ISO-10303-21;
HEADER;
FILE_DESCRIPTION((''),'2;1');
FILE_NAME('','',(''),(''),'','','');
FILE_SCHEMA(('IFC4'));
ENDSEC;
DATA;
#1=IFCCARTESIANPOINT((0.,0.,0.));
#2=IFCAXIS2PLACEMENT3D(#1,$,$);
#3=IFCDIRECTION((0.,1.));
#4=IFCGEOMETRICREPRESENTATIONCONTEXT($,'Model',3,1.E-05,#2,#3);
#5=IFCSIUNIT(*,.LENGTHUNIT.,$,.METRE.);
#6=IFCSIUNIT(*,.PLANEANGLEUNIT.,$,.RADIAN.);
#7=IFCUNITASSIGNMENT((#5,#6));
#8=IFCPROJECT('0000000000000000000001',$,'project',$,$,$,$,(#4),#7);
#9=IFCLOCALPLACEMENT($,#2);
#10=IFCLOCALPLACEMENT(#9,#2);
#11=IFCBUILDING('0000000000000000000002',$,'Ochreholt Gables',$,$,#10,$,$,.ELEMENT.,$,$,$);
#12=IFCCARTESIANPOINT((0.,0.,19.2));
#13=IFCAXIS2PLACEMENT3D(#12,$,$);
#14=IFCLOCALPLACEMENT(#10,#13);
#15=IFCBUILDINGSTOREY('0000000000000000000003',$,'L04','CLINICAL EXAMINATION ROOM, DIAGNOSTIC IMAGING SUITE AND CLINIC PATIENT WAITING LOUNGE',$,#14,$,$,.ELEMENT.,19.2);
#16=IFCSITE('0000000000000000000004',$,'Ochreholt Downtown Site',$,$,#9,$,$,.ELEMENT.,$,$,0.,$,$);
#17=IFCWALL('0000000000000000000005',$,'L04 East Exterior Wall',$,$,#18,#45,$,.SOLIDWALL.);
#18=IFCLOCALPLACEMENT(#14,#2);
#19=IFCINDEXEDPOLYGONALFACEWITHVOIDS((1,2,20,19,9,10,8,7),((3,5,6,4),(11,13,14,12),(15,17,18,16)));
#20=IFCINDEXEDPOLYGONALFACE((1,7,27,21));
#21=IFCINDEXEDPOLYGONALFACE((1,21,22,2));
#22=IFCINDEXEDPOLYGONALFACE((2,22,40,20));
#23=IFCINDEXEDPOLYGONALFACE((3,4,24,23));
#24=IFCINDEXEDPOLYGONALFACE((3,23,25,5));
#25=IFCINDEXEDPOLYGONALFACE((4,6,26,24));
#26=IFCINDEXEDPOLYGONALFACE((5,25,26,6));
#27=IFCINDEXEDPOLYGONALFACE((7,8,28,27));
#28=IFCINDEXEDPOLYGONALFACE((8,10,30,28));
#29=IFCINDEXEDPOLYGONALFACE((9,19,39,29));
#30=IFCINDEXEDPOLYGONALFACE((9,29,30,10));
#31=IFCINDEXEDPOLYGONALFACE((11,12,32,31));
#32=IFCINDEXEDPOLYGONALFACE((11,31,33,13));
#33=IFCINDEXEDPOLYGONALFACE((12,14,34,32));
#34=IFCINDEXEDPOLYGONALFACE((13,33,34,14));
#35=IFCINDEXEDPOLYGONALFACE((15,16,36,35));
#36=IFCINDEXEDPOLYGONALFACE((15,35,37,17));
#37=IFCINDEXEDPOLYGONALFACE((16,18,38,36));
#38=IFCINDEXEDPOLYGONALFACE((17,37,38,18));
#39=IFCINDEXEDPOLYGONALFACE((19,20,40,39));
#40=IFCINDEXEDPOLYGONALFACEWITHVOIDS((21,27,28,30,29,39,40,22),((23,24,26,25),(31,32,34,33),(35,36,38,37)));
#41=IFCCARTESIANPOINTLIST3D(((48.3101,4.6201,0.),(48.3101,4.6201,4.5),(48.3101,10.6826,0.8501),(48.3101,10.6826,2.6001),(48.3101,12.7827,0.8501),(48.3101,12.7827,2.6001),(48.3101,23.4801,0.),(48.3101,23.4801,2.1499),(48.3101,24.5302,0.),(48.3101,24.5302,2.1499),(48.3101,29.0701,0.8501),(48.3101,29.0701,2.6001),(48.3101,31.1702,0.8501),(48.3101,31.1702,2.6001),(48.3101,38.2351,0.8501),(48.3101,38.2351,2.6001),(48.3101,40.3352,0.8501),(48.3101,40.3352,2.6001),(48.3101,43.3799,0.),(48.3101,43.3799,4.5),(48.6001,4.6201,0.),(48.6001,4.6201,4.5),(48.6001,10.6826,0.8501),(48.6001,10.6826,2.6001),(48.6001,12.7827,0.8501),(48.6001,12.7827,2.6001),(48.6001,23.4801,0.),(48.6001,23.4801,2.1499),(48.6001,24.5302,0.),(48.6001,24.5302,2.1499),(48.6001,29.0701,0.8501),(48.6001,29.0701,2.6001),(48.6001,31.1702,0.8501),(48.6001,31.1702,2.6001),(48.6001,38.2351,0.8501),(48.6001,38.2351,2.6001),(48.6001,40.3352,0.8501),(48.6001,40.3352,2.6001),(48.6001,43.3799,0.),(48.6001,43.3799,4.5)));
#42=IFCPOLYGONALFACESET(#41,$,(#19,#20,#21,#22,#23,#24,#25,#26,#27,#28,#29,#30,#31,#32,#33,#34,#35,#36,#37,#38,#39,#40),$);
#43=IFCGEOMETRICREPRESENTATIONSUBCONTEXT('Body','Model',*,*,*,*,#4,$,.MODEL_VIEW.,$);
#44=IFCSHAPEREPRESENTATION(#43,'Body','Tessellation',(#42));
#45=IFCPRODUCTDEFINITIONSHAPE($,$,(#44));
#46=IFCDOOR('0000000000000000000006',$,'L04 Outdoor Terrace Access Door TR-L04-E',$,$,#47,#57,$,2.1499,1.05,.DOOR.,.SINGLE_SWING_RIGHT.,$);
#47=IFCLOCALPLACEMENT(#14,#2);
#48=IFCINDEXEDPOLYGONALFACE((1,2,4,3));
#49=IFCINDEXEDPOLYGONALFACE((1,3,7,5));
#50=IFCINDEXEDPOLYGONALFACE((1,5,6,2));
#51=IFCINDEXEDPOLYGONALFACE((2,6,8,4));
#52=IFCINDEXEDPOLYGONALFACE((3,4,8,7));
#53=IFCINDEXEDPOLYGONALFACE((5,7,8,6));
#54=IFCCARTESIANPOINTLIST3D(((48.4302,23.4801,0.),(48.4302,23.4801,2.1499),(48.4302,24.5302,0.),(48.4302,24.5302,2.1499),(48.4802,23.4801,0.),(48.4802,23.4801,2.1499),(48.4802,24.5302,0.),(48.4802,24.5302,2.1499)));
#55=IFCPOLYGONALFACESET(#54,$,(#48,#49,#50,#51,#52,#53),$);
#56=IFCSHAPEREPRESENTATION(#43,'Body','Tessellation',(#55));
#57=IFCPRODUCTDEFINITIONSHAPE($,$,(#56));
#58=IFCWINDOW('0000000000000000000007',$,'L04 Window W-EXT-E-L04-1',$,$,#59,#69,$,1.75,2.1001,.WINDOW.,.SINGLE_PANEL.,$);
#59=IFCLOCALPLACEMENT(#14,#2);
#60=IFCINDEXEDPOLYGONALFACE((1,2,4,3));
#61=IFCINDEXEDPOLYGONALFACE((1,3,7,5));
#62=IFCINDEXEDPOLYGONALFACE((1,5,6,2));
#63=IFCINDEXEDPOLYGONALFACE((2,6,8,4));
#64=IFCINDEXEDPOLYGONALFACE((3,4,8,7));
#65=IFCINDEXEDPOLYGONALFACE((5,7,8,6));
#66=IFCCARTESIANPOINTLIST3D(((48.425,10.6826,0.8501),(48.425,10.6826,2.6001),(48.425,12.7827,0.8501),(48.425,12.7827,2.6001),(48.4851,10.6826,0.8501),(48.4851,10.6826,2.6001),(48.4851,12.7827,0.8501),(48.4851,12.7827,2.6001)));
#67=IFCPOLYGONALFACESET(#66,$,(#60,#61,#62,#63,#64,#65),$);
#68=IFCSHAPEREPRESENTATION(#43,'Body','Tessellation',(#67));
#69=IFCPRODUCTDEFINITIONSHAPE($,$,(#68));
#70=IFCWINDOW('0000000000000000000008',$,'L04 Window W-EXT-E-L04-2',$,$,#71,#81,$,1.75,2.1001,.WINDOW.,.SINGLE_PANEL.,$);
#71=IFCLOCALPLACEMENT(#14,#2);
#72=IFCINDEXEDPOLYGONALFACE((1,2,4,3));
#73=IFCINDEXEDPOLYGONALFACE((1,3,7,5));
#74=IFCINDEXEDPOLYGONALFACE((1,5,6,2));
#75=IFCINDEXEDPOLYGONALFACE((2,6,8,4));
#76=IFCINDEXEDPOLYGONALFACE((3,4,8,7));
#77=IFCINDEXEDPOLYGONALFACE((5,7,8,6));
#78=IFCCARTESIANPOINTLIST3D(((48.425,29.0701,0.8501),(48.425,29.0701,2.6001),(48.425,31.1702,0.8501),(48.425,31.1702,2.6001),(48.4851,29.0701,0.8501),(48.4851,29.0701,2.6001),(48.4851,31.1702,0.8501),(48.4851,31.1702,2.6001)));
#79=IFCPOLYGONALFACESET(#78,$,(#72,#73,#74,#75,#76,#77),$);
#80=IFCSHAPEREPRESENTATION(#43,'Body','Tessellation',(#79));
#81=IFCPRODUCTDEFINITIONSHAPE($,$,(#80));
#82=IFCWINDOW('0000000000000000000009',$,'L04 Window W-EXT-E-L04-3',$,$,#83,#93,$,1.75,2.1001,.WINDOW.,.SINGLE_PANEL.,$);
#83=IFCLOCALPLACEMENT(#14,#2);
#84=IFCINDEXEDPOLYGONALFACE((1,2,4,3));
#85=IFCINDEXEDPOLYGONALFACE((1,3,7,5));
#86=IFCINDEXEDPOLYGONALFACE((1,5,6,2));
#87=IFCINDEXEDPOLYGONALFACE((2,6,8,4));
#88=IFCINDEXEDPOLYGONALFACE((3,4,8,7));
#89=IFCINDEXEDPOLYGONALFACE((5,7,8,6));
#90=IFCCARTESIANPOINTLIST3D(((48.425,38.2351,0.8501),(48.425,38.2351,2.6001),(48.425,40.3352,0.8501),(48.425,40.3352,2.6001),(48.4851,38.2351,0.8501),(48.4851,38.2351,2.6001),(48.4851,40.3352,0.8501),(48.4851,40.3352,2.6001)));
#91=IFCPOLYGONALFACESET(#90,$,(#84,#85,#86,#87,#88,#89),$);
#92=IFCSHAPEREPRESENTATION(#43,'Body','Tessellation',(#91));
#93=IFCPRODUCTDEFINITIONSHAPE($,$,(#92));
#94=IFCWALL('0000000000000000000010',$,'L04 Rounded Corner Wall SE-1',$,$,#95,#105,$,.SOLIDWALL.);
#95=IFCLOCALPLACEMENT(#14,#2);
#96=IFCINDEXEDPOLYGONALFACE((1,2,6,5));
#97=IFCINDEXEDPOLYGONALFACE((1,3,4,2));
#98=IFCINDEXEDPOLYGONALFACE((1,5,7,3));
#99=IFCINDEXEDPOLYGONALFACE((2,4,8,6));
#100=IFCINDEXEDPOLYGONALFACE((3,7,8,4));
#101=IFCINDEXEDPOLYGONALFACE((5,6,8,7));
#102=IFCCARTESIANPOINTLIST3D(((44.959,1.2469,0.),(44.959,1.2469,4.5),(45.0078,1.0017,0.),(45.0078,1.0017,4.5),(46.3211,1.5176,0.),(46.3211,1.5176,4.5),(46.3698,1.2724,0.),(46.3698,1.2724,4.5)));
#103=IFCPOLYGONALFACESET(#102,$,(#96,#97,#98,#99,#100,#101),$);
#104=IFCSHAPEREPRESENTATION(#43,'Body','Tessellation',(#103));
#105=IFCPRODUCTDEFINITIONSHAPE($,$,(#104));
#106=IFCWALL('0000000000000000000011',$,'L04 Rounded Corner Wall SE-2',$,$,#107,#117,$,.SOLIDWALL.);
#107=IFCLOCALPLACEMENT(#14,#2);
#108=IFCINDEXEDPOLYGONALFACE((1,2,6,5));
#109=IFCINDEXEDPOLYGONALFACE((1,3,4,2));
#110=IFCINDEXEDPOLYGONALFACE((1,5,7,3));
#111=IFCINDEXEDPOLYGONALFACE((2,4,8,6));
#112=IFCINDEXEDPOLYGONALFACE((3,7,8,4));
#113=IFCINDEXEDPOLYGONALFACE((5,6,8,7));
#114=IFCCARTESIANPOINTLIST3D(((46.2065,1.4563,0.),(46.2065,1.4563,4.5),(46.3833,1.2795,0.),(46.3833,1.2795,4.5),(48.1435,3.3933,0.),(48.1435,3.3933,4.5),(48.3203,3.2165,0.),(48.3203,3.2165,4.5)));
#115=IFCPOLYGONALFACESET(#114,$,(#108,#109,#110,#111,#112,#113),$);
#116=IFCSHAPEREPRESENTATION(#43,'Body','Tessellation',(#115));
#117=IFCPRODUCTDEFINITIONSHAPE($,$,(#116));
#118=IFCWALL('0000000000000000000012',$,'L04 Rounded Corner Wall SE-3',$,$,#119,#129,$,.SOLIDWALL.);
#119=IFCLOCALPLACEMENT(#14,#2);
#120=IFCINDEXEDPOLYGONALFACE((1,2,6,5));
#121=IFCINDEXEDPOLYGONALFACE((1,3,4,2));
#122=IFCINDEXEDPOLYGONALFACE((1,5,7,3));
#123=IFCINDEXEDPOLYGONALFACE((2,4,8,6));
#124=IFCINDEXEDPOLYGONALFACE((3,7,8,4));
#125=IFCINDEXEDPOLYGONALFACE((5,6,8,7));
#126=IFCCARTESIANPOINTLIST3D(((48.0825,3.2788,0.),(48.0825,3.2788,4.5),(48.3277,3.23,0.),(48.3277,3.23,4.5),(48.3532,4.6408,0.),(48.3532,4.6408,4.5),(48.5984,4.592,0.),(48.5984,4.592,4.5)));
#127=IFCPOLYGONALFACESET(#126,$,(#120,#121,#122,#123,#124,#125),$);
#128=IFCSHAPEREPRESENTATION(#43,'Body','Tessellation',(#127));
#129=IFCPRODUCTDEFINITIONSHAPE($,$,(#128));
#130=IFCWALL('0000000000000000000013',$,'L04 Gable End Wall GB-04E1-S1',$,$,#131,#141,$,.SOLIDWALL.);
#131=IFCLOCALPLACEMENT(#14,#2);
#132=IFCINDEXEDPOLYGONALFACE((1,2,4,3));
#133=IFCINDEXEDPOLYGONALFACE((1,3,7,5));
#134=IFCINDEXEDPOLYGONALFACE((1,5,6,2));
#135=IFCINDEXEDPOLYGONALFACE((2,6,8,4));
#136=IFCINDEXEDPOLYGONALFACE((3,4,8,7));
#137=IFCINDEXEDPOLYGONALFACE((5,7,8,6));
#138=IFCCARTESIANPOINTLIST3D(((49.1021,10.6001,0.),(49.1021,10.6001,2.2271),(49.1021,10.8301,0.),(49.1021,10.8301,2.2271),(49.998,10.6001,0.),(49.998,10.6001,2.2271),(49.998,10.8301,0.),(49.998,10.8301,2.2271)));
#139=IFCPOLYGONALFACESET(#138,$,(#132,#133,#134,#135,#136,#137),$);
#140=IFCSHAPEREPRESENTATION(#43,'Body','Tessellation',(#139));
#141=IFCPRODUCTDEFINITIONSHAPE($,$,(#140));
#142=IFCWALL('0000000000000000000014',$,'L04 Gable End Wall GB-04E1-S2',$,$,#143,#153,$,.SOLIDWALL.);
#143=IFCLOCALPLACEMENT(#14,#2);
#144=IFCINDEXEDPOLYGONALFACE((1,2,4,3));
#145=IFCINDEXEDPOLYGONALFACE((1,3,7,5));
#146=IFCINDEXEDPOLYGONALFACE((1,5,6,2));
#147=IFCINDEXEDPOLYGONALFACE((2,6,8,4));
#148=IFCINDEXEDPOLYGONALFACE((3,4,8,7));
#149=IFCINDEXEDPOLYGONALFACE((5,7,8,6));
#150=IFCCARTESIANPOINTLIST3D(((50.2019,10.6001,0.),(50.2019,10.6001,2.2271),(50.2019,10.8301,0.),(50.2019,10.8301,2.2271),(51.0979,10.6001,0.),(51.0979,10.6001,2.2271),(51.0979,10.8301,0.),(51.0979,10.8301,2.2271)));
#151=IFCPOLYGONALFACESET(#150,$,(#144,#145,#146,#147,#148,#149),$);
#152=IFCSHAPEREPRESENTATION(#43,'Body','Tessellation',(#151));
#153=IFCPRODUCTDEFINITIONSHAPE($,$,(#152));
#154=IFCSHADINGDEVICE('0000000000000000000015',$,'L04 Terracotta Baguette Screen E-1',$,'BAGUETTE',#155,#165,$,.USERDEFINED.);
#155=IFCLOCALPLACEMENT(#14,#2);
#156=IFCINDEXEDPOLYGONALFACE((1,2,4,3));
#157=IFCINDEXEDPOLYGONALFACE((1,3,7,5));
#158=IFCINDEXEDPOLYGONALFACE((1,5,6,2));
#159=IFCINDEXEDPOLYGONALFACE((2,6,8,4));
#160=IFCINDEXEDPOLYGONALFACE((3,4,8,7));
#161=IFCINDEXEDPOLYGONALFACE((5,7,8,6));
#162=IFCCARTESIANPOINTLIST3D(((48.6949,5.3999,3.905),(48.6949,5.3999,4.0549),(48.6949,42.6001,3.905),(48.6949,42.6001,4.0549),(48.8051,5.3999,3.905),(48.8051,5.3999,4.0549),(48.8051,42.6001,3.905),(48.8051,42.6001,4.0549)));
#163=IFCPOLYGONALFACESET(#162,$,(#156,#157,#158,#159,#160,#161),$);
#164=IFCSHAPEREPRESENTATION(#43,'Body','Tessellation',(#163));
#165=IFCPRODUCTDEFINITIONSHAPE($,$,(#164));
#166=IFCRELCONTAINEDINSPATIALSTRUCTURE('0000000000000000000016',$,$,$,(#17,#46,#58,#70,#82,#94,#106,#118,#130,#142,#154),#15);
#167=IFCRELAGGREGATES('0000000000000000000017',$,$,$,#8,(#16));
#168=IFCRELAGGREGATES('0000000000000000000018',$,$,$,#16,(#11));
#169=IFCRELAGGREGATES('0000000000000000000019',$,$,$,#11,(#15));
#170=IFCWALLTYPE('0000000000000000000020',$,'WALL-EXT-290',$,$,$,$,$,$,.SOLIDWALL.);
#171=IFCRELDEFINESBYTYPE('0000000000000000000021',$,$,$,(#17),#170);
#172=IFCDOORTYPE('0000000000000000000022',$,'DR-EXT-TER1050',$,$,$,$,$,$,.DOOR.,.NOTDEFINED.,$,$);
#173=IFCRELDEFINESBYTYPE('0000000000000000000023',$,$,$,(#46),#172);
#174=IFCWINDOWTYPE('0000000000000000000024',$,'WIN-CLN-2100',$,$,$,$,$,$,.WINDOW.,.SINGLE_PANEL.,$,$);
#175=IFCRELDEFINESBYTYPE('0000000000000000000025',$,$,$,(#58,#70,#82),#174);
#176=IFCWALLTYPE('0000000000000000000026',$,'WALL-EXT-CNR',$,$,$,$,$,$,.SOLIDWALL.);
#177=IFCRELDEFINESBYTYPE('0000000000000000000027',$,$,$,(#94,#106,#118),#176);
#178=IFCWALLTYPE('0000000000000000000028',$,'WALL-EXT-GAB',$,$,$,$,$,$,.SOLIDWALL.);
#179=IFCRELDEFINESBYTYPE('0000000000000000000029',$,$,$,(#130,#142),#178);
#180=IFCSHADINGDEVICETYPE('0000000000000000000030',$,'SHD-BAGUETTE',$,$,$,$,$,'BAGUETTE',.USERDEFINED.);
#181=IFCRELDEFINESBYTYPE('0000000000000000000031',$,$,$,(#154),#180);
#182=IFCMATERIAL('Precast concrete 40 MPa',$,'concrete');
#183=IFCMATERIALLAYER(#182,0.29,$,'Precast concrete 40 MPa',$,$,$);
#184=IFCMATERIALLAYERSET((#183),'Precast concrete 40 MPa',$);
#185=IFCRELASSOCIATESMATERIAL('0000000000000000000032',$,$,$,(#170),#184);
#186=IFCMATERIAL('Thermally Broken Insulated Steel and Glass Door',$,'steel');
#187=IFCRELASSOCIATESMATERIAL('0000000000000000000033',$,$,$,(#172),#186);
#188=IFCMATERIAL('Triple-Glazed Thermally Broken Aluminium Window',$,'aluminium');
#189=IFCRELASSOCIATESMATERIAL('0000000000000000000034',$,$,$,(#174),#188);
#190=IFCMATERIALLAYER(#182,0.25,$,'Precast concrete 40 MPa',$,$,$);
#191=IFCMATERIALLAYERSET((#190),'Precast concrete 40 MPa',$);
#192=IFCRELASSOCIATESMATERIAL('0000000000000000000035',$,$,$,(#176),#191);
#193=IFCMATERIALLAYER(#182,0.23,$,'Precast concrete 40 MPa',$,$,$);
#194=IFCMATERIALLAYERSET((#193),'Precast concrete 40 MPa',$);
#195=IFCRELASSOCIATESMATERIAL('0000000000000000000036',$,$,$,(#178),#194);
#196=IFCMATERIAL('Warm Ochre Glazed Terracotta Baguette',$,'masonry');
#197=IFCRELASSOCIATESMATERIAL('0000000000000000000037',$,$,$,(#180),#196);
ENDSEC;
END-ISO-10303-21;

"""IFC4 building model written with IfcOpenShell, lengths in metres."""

from ifc_helpers import new_model, si_unit, direction, frame, frame_2d, origin, origin_2d, place, context, subcontext, project, spatial, rectangle, extrude, material, layer, layer_set, material_profile, profile_set, type_object, element, fill, save


model = new_model("IFC4")

# Units and contexts
model_context = context("Model", 3, precision=1e-05, world=origin(), true_north=direction((0.0, 1.0)))
body_context = subcontext(model_context, "Body", "Model", "MODEL_VIEW")
ifc_project = project(units=[si_unit("LENGTHUNIT", "METRE"), si_unit("PLANEANGLEUNIT", "RADIAN")], contexts=[model_context])

# Site, building, storey
site_placement = place(None, origin())
site = spatial("IfcSite", under=ifc_project, at=site_placement, Name="Ochreholt Downtown Site", CompositionType="ELEMENT", RefElevation=0.0)
building_placement = place(site_placement, origin())
building = spatial("IfcBuilding", under=site, at=building_placement, Name="Ochreholt Gables", CompositionType="ELEMENT")
storey_placement = place(building_placement, frame((0.0, 0.0, 19.2)))
storey = spatial("IfcBuildingStorey", under=building, at=storey_placement, Name="L04", Description="CLINICAL EXAMINATION ROOM, DIAGNOSTIC IMAGING SUITE AND CLINIC PATIENT WAITING LOUNGE", CompositionType="ELEMENT", Elevation=19.2)

# Shared definitions
ifc_material_1 = material(Name="Precast concrete 40 MPa", Category="concrete")

# Wall, openings, door, windows
ifc_layer_1 = layer(ifc_material_1, 0.29, Name="Precast concrete 40 MPa")
ifc_layer_set_1 = layer_set([ifc_layer_1], Name="Precast concrete 40 MPa")
wall_type_1 = type_object("IfcWallType", Name="WALL-EXT-290", PredefinedType="SOLIDWALL", material=ifc_layer_set_1)
wall_1_placement = place(storey_placement, frame((48.4551, 4.6201, 0.0), z_axis=(0.0, 0.0, 1.0), x_axis=(0.0, 1.0, 0.0)))
wall_1 = element("IfcWall", 1, at=wall_1_placement, inside=storey, type_object=wall_type_1, Name="L04 East Exterior Wall", PredefinedType="SOLIDWALL", context=body_context, shape_type="SweptSolid", body=[
    extrude(rectangle(XDim=38.7598, YDim=0.29, at=frame_2d((19.3799, 0.0))), origin(), (0.0, 0.0, 1.0), 4.5),
])
opening_1_placement = place(wall_1_placement, frame((18.8601, 0.0, 0.0)))
opening_1 = element("IfcOpeningElement", 2, at=opening_1_placement, cuts=wall_1, PredefinedType="OPENING", context=body_context, shape_type="SweptSolid", body=[
    extrude(rectangle(XDim=1.05, YDim=2.1499, at=frame_2d((0.5249, 1.075))), frame((0.0, 0.155, 0.0), z_axis=(0.0, -1.0, 0.0), x_axis=(1.0, 0.0, 0.0)), (0.0, 0.0, 1.0), 0.3101),
])
opening_2_placement = place(wall_1_placement, frame((6.0625, 0.0, 0.8501)))
opening_2 = element("IfcOpeningElement", 3, at=opening_2_placement, cuts=wall_1, PredefinedType="OPENING", context=body_context, shape_type="SweptSolid", body=[
    extrude(rectangle(XDim=2.1001, YDim=1.75, at=frame_2d((1.05, 0.875))), frame((0.0, 0.155, 0.0), z_axis=(0.0, -1.0, 0.0), x_axis=(1.0, 0.0, 0.0)), (0.0, 0.0, 1.0), 0.3101),
])
opening_3_placement = place(wall_1_placement, frame((24.45, 0.0, 0.8501)))
opening_3 = element("IfcOpeningElement", 4, at=opening_3_placement, cuts=wall_1, PredefinedType="OPENING", context=body_context, shape_type="SweptSolid", body=[
    extrude(rectangle(XDim=2.1001, YDim=1.75, at=frame_2d((1.05, 0.875))), frame((0.0, 0.155, 0.0), z_axis=(0.0, -1.0, 0.0), x_axis=(1.0, 0.0, 0.0)), (0.0, 0.0, 1.0), 0.3101),
])
opening_4_placement = place(wall_1_placement, frame((33.615, 0.0, 0.8501)))
opening_4 = element("IfcOpeningElement", 5, at=opening_4_placement, cuts=wall_1, PredefinedType="OPENING", context=body_context, shape_type="SweptSolid", body=[
    extrude(rectangle(XDim=2.1001, YDim=1.75, at=frame_2d((1.05, 0.875))), frame((0.0, 0.155, 0.0), z_axis=(0.0, -1.0, 0.0), x_axis=(1.0, 0.0, 0.0)), (0.0, 0.0, 1.0), 0.3101),
])
ifc_material_2 = material(Name="Thermally Broken Insulated Steel and Glass Door", Category="steel")
door_type = type_object("IfcDoorType", Name="DR-EXT-TER1050", OperationType="NOTDEFINED", PredefinedType="DOOR", material=ifc_material_2)
door_placement = place(opening_1_placement, origin())
door = element("IfcDoor", 6, at=door_placement, inside=storey, type_object=door_type, Name="L04 Outdoor Terrace Access Door TR-L04-E", OperationType="SINGLE_SWING_RIGHT", OverallHeight=2.1499, OverallWidth=1.05, PredefinedType="DOOR", context=body_context, shape_type="SweptSolid", body=[
    extrude(rectangle(XDim=1.05, YDim=2.1499, at=frame_2d((0.5249, 1.075))), frame((0.0, 0.0249, 0.0), z_axis=(0.0, -1.0, 0.0), x_axis=(1.0, 0.0, 0.0)), (0.0, 0.0, 1.0), 0.05),
])
fill(opening_1, door)
ifc_material_3 = material(Name="Triple-Glazed Thermally Broken Aluminium Window", Category="aluminium")
window_type = type_object("IfcWindowType", Name="WIN-CLN-2100", PartitioningType="SINGLE_PANEL", PredefinedType="WINDOW", material=ifc_material_3)
window_1_placement = place(opening_2_placement, origin())
window_1 = element("IfcWindow", 7, at=window_1_placement, inside=storey, type_object=window_type, Name="L04 Window W-EXT-E-L04-1", OverallHeight=1.75, OverallWidth=2.1001, PartitioningType="SINGLE_PANEL", PredefinedType="WINDOW", context=body_context, shape_type="SweptSolid", body=[
    extrude(rectangle(XDim=2.1001, YDim=1.75, at=frame_2d((1.05, 0.875))), frame((0.0, 0.03, 0.0), z_axis=(0.0, -1.0, 0.0), x_axis=(1.0, 0.0, 0.0)), (0.0, 0.0, 1.0), 0.0601),
])
fill(opening_2, window_1)
window_2_placement = place(opening_3_placement, origin())
window_2 = element("IfcWindow", 8, at=window_2_placement, inside=storey, type_object=window_type, Name="L04 Window W-EXT-E-L04-2", OverallHeight=1.75, OverallWidth=2.1001, PartitioningType="SINGLE_PANEL", PredefinedType="WINDOW", context=body_context, shape_type="SweptSolid", body=[
    extrude(rectangle(XDim=2.1001, YDim=1.75, at=frame_2d((1.05, 0.875))), frame((0.0, 0.03, 0.0), z_axis=(0.0, -1.0, 0.0), x_axis=(1.0, 0.0, 0.0)), (0.0, 0.0, 1.0), 0.0601),
])
fill(opening_3, window_2)
window_3_placement = place(opening_4_placement, origin())
window_3 = element("IfcWindow", 9, at=window_3_placement, inside=storey, type_object=window_type, Name="L04 Window W-EXT-E-L04-3", OverallHeight=1.75, OverallWidth=2.1001, PartitioningType="SINGLE_PANEL", PredefinedType="WINDOW", context=body_context, shape_type="SweptSolid", body=[
    extrude(rectangle(XDim=2.1001, YDim=1.75, at=frame_2d((1.05, 0.875))), frame((0.0, 0.03, 0.0), z_axis=(0.0, -1.0, 0.0), x_axis=(1.0, 0.0, 0.0)), (0.0, 0.0, 1.0), 0.0601),
])
fill(opening_4, window_3)

# Walls
ifc_layer_2 = layer(ifc_material_1, 0.25, Name="Precast concrete 40 MPa")
ifc_layer_set_2 = layer_set([ifc_layer_2], Name="Precast concrete 40 MPa")
wall_type_2 = type_object("IfcWallType", Name="WALL-EXT-CNR", PredefinedType="SOLIDWALL", material=ifc_layer_set_2)
wall_2_placement = place(storey_placement, frame((44.9834, 1.1243, 0.0), z_axis=(0.0, 0.0, 1.0), x_axis=(0.98081, 0.194967, 0.0)))
element("IfcWall", 10, at=wall_2_placement, inside=storey, type_object=wall_type_2, Name="L04 Rounded Corner Wall SE-1", PredefinedType="SOLIDWALL", context=body_context, shape_type="SweptSolid", body=[
    extrude(rectangle(XDim=1.3887, YDim=0.25, at=frame_2d((0.6943, 0.0))), origin(), (0.0, 0.0, 1.0), 4.5),
])
wall_3_placement = place(storey_placement, frame((46.2949, 1.3679, 0.0), z_axis=(0.0, 0.0, 1.0), x_axis=(0.707107, 0.707107, 0.0)))
element("IfcWall", 11, at=wall_3_placement, inside=storey, type_object=wall_type_2, Name="L04 Rounded Corner Wall SE-2", PredefinedType="SOLIDWALL", context=body_context, shape_type="SweptSolid", body=[
    extrude(rectangle(XDim=2.7393, YDim=0.25, at=frame_2d((1.3696, 0.0))), origin(), (0.0, 0.0, 1.0), 4.5),
])
wall_4_placement = place(storey_placement, frame((48.2051, 3.2544, 0.0), z_axis=(0.0, 0.0, 1.0), x_axis=(0.194967, 0.98081, 0.0)))
element("IfcWall", 12, at=wall_4_placement, inside=storey, type_object=wall_type_2, Name="L04 Rounded Corner Wall SE-3", PredefinedType="SOLIDWALL", context=body_context, shape_type="SweptSolid", body=[
    extrude(rectangle(XDim=1.3887, YDim=0.25, at=frame_2d((0.6943, 0.0))), origin(), (0.0, 0.0, 1.0), 4.5),
])
ifc_layer_3 = layer(ifc_material_1, 0.23, Name="Precast concrete 40 MPa")
ifc_layer_set_3 = layer_set([ifc_layer_3], Name="Precast concrete 40 MPa")
wall_type_3 = type_object("IfcWallType", Name="WALL-EXT-GAB", PredefinedType="SOLIDWALL", material=ifc_layer_set_3)
for number, where, z_axis, x_axis, name in (
    (13, (49.1021, 10.7151, 0.0), (0.0, 0.0, 1.0), (1.0, 0.0, 0.0), "L04 Gable End Wall GB-04E1-S1"),
    (14, (50.2019, 10.7151, 0.0), (0.0, 0.0, 1.0), (1.0, 0.0, 0.0), "L04 Gable End Wall GB-04E1-S2"),
):
    element("IfcWall", number, at=place(storey_placement, frame(where, z_axis=z_axis, x_axis=x_axis)), inside=storey, type_object=wall_type_3, Name=name, PredefinedType="SOLIDWALL", context=body_context, shape_type="SweptSolid", body=[
        extrude(rectangle(XDim=0.896, YDim=0.23, at=frame_2d((0.448, 0.0))), origin(), (0.0, 0.0, 1.0), 2.2271),
    ])

# Shading device
ifc_material_4 = material(Name="Warm Ochre Glazed Terracotta Baguette", Category="masonry")
ifc_material_profile_1 = material_profile(ifc_material_4, rectangle(XDim=0.1101, YDim=0.1499, at=origin_2d()), Name="TCBAG110X150")
ifc_profile_set_1 = profile_set([ifc_material_profile_1], Name="Warm Ochre Glazed Terracotta Baguette")
shading_device_type = type_object("IfcShadingDeviceType", Name="SHD-BAGUETTE", ElementType="BAGUETTE", PredefinedType="USERDEFINED", material=ifc_profile_set_1)
shading_device_placement = place(storey_placement, frame((48.75, 5.3999, 3.98), z_axis=(0.0, 1.0, 0.0), x_axis=(-1.0, 0.0, 0.0)))
element("IfcShadingDevice", 15, at=shading_device_placement, inside=storey, type_object=shading_device_type, Name="L04 Terracotta Baguette Screen E-1", ObjectType="BAGUETTE", PredefinedType="USERDEFINED", context=body_context, shape_type="SweptSolid", body=[
    extrude(rectangle(XDim=0.1101, YDim=0.1499, at=origin_2d()), origin(), (0.0, 0.0, 1.0), 37.2002),
])

save(model, "model.ifc")
